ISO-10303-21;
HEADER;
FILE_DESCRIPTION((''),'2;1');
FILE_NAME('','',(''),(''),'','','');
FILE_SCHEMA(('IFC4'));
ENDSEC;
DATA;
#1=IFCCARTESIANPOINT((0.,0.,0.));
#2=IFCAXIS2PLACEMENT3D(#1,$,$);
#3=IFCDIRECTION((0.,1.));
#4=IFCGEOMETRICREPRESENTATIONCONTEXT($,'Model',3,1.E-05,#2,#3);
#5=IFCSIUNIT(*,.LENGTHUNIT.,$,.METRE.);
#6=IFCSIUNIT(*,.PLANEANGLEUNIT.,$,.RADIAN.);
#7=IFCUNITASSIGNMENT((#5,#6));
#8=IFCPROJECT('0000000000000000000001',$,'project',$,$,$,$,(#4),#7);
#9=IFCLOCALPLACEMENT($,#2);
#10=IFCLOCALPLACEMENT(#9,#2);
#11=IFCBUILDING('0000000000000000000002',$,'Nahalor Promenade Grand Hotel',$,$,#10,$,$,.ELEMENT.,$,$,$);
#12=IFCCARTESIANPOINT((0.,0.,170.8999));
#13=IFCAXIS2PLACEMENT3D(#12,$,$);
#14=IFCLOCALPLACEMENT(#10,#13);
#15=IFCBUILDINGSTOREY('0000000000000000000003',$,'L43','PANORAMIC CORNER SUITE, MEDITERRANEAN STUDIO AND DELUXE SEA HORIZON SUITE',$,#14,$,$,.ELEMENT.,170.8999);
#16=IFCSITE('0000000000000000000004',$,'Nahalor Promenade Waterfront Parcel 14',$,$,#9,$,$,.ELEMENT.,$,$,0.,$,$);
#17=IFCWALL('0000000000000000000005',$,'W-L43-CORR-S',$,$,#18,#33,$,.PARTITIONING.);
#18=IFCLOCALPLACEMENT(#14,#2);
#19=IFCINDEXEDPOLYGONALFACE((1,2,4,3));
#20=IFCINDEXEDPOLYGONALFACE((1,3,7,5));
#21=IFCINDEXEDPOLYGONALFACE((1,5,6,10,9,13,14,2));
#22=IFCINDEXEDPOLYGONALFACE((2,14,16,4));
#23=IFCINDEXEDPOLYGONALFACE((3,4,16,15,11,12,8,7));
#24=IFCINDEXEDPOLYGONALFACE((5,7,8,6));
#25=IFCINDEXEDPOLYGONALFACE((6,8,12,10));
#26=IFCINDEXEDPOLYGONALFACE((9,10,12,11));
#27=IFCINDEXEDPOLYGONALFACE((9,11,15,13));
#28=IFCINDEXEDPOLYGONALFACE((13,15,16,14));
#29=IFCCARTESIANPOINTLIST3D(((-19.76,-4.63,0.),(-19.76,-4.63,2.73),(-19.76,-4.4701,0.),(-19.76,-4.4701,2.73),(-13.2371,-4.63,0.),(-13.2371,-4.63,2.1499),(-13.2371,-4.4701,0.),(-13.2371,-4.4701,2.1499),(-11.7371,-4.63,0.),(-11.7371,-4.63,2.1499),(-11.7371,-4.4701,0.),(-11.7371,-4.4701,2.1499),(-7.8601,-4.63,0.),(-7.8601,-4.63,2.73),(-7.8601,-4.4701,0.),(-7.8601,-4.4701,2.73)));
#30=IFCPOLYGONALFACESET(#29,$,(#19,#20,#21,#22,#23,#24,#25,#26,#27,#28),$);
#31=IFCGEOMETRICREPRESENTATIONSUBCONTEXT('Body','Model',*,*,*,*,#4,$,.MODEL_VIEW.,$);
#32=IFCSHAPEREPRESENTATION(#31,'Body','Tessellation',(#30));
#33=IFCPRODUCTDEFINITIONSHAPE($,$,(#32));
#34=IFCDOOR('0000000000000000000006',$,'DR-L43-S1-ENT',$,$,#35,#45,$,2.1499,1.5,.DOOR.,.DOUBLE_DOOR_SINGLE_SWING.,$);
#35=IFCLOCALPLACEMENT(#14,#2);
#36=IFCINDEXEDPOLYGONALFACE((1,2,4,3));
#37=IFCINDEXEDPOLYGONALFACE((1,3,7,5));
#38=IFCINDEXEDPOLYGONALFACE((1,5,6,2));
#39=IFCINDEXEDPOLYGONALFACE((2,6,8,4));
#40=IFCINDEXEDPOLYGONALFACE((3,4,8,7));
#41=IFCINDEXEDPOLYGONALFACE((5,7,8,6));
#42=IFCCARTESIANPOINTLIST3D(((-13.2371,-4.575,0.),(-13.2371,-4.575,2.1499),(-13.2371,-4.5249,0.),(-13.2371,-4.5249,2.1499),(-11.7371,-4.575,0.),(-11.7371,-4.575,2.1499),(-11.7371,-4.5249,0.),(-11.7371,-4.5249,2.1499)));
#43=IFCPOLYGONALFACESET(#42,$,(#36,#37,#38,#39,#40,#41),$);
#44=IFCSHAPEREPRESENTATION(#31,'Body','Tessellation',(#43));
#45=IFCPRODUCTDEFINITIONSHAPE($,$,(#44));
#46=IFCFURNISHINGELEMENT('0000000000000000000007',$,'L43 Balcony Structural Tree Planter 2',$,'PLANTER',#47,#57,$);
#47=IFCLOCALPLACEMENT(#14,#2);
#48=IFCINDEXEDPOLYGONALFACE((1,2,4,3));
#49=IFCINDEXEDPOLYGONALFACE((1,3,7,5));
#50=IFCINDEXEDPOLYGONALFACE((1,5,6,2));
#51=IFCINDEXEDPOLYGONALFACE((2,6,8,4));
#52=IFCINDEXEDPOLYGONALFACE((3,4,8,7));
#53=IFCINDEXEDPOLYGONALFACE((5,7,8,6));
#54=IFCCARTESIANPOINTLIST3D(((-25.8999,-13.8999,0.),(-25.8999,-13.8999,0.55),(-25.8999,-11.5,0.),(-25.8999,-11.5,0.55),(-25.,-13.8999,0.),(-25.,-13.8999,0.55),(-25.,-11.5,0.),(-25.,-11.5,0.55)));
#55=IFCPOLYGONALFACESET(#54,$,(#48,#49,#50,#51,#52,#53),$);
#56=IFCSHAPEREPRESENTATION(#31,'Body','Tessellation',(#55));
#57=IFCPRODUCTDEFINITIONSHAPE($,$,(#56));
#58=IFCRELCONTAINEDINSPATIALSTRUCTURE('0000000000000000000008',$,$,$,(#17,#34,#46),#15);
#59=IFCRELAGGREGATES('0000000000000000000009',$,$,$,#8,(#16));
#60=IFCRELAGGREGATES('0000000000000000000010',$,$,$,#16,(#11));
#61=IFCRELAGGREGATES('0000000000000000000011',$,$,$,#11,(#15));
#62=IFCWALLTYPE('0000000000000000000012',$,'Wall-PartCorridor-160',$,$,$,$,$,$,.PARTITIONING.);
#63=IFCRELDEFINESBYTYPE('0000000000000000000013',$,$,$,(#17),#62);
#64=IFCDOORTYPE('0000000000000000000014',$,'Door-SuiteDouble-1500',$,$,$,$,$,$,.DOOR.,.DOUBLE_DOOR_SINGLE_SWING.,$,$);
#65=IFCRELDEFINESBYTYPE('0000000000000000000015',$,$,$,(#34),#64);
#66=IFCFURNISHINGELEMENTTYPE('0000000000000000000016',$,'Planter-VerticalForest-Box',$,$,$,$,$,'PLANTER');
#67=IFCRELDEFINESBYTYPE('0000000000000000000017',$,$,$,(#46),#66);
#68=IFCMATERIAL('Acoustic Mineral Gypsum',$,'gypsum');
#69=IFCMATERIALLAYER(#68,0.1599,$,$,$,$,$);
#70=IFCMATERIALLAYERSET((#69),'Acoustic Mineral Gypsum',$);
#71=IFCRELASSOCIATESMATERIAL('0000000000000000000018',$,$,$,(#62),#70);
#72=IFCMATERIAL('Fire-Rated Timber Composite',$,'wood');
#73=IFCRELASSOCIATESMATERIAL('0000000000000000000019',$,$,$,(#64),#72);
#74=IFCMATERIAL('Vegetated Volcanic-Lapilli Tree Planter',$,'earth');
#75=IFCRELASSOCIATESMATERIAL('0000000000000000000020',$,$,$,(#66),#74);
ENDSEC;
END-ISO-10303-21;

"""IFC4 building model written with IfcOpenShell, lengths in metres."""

from ifc_helpers import new_model, si_unit, direction, frame, frame_2d, origin, origin_2d, place, context, subcontext, project, spatial, rectangle, extrude, source, transform, mapped, material, layer, layer_set, type_object, element, fill, save


model = new_model("IFC4")

# Units and contexts
model_context = context("Model", 3, precision=1e-05, world=origin(), true_north=direction((0.0, 1.0)))
body_context = subcontext(model_context, "Body", "Model", "MODEL_VIEW")
ifc_project = project(units=[si_unit("LENGTHUNIT", "METRE"), si_unit("PLANEANGLEUNIT", "RADIAN")], contexts=[model_context])

# Site, building, storey
site_placement = place(None, origin())
site = spatial("IfcSite", under=ifc_project, at=site_placement, Name="Nahalor Promenade Waterfront Parcel 14", CompositionType="ELEMENT", RefElevation=0.0)
building_placement = place(site_placement, origin())
building = spatial("IfcBuilding", under=site, at=building_placement, Name="Nahalor Promenade Grand Hotel", CompositionType="ELEMENT")
storey_placement = place(building_placement, frame((0.0, 0.0, 170.8999)))
storey = spatial("IfcBuildingStorey", under=building, at=storey_placement, Name="L43", Description="PANORAMIC CORNER SUITE, MEDITERRANEAN STUDIO AND DELUXE SEA HORIZON SUITE", CompositionType="ELEMENT", Elevation=170.8999)

# Wall, opening, door
ifc_material_1 = material(Name="Acoustic Mineral Gypsum", Category="gypsum")
ifc_layer_1 = layer(ifc_material_1, 0.1599)
ifc_layer_set_1 = layer_set([ifc_layer_1], Name="Acoustic Mineral Gypsum")
wall_type_1 = type_object("IfcWallType", Name="Wall-PartCorridor-160", PredefinedType="PARTITIONING", material=ifc_layer_set_1)
shared_shape_1 = source(origin(), body_context, "Body", "SweptSolid", [
    extrude(rectangle(XDim=11.8999, YDim=0.1599, at=frame_2d((5.95, 0.0))), origin(), (0.0, 0.0, 1.0), 2.73),
])
wall_1_placement = place(storey_placement, frame((-19.76, -4.55, 0.0), z_axis=(0.0, 0.0, 1.0), x_axis=(1.0, 0.0, 0.0)))
wall_1 = element("IfcWall", 1, at=wall_1_placement, inside=storey, type_object=wall_type_1, Name="W-L43-CORR-S", PredefinedType="PARTITIONING", context=body_context, shape_type="MappedRepresentation", body=[
    mapped(shared_shape_1, transform((0.0, 0.0, 0.0), scale=1.0)),
])
opening_1_placement = place(wall_1_placement, frame((6.5229, 0.0, 0.0)))
opening_1 = element("IfcOpeningElement", 2, at=opening_1_placement, cuts=wall_1, PredefinedType="OPENING", context=body_context, shape_type="SweptSolid", body=[
    extrude(rectangle(XDim=1.5, YDim=2.1499, at=frame_2d((0.75, 1.075))), frame((0.0, 0.0898, 0.0), z_axis=(0.0, -1.0, 0.0), x_axis=(1.0, 0.0, 0.0)), (0.0, 0.0, 1.0), 0.1799),
])
ifc_material_2 = material(Name="Fire-Rated Timber Composite", Category="wood")
door_type_1 = type_object("IfcDoorType", Name="Door-SuiteDouble-1500", OperationType="DOUBLE_DOOR_SINGLE_SWING", PredefinedType="DOOR", material=ifc_material_2)
shared_shape_2 = source(origin(), body_context, "Body", "SweptSolid", [
    extrude(rectangle(XDim=1.5, YDim=2.1499, at=frame_2d((0.75, 1.075))), frame((0.0, 0.0249, 0.0), z_axis=(0.0, -1.0, 0.0), x_axis=(1.0, 0.0, 0.0)), (0.0, 0.0, 1.0), 0.05),
])
door_1_placement = place(opening_1_placement, frame((1.5, 0.0, 0.0), z_axis=(0.0, 0.0, 1.0), x_axis=(-1.0, 0.0, 0.0)))
door_1 = element("IfcDoor", 3, at=door_1_placement, inside=storey, type_object=door_type_1, Name="DR-L43-S1-ENT", OperationType="DOUBLE_DOOR_SINGLE_SWING", OverallHeight=2.1499, OverallWidth=1.5, PredefinedType="DOOR", context=body_context, shape_type="MappedRepresentation", body=[
    mapped(shared_shape_2, transform((0.0, 0.0, 0.0), scale=1.0)),
])
fill(opening_1, door_1)

# Furnishing element
ifc_material_3 = material(Name="Vegetated Volcanic-Lapilli Tree Planter", Category="earth")
furnishing_element_type = type_object("IfcFurnishingElementType", Name="Planter-VerticalForest-Box", ElementType="PLANTER", material=ifc_material_3)
shared_shape_3 = source(origin(), body_context, "Body", "SweptSolid", [
    extrude(rectangle(XDim=2.3999, YDim=0.8999, at=origin_2d()), origin(), (0.0, 0.0, 1.0), 0.55),
])
furnishing_placement = place(storey_placement, frame((-25.45, -12.7, 0.0), z_axis=(0.0, 0.0, 1.0), x_axis=(0.0, 1.0, 0.0)))
element("IfcFurnishingElement", 4, at=furnishing_placement, inside=storey, type_object=furnishing_element_type, Name="L43 Balcony Structural Tree Planter 2", ObjectType="PLANTER", context=body_context, shape_type="MappedRepresentation", body=[
    mapped(shared_shape_3, transform((0.0, 0.0, 0.0), scale=1.0)),
])

save(model, "model.ifc")
